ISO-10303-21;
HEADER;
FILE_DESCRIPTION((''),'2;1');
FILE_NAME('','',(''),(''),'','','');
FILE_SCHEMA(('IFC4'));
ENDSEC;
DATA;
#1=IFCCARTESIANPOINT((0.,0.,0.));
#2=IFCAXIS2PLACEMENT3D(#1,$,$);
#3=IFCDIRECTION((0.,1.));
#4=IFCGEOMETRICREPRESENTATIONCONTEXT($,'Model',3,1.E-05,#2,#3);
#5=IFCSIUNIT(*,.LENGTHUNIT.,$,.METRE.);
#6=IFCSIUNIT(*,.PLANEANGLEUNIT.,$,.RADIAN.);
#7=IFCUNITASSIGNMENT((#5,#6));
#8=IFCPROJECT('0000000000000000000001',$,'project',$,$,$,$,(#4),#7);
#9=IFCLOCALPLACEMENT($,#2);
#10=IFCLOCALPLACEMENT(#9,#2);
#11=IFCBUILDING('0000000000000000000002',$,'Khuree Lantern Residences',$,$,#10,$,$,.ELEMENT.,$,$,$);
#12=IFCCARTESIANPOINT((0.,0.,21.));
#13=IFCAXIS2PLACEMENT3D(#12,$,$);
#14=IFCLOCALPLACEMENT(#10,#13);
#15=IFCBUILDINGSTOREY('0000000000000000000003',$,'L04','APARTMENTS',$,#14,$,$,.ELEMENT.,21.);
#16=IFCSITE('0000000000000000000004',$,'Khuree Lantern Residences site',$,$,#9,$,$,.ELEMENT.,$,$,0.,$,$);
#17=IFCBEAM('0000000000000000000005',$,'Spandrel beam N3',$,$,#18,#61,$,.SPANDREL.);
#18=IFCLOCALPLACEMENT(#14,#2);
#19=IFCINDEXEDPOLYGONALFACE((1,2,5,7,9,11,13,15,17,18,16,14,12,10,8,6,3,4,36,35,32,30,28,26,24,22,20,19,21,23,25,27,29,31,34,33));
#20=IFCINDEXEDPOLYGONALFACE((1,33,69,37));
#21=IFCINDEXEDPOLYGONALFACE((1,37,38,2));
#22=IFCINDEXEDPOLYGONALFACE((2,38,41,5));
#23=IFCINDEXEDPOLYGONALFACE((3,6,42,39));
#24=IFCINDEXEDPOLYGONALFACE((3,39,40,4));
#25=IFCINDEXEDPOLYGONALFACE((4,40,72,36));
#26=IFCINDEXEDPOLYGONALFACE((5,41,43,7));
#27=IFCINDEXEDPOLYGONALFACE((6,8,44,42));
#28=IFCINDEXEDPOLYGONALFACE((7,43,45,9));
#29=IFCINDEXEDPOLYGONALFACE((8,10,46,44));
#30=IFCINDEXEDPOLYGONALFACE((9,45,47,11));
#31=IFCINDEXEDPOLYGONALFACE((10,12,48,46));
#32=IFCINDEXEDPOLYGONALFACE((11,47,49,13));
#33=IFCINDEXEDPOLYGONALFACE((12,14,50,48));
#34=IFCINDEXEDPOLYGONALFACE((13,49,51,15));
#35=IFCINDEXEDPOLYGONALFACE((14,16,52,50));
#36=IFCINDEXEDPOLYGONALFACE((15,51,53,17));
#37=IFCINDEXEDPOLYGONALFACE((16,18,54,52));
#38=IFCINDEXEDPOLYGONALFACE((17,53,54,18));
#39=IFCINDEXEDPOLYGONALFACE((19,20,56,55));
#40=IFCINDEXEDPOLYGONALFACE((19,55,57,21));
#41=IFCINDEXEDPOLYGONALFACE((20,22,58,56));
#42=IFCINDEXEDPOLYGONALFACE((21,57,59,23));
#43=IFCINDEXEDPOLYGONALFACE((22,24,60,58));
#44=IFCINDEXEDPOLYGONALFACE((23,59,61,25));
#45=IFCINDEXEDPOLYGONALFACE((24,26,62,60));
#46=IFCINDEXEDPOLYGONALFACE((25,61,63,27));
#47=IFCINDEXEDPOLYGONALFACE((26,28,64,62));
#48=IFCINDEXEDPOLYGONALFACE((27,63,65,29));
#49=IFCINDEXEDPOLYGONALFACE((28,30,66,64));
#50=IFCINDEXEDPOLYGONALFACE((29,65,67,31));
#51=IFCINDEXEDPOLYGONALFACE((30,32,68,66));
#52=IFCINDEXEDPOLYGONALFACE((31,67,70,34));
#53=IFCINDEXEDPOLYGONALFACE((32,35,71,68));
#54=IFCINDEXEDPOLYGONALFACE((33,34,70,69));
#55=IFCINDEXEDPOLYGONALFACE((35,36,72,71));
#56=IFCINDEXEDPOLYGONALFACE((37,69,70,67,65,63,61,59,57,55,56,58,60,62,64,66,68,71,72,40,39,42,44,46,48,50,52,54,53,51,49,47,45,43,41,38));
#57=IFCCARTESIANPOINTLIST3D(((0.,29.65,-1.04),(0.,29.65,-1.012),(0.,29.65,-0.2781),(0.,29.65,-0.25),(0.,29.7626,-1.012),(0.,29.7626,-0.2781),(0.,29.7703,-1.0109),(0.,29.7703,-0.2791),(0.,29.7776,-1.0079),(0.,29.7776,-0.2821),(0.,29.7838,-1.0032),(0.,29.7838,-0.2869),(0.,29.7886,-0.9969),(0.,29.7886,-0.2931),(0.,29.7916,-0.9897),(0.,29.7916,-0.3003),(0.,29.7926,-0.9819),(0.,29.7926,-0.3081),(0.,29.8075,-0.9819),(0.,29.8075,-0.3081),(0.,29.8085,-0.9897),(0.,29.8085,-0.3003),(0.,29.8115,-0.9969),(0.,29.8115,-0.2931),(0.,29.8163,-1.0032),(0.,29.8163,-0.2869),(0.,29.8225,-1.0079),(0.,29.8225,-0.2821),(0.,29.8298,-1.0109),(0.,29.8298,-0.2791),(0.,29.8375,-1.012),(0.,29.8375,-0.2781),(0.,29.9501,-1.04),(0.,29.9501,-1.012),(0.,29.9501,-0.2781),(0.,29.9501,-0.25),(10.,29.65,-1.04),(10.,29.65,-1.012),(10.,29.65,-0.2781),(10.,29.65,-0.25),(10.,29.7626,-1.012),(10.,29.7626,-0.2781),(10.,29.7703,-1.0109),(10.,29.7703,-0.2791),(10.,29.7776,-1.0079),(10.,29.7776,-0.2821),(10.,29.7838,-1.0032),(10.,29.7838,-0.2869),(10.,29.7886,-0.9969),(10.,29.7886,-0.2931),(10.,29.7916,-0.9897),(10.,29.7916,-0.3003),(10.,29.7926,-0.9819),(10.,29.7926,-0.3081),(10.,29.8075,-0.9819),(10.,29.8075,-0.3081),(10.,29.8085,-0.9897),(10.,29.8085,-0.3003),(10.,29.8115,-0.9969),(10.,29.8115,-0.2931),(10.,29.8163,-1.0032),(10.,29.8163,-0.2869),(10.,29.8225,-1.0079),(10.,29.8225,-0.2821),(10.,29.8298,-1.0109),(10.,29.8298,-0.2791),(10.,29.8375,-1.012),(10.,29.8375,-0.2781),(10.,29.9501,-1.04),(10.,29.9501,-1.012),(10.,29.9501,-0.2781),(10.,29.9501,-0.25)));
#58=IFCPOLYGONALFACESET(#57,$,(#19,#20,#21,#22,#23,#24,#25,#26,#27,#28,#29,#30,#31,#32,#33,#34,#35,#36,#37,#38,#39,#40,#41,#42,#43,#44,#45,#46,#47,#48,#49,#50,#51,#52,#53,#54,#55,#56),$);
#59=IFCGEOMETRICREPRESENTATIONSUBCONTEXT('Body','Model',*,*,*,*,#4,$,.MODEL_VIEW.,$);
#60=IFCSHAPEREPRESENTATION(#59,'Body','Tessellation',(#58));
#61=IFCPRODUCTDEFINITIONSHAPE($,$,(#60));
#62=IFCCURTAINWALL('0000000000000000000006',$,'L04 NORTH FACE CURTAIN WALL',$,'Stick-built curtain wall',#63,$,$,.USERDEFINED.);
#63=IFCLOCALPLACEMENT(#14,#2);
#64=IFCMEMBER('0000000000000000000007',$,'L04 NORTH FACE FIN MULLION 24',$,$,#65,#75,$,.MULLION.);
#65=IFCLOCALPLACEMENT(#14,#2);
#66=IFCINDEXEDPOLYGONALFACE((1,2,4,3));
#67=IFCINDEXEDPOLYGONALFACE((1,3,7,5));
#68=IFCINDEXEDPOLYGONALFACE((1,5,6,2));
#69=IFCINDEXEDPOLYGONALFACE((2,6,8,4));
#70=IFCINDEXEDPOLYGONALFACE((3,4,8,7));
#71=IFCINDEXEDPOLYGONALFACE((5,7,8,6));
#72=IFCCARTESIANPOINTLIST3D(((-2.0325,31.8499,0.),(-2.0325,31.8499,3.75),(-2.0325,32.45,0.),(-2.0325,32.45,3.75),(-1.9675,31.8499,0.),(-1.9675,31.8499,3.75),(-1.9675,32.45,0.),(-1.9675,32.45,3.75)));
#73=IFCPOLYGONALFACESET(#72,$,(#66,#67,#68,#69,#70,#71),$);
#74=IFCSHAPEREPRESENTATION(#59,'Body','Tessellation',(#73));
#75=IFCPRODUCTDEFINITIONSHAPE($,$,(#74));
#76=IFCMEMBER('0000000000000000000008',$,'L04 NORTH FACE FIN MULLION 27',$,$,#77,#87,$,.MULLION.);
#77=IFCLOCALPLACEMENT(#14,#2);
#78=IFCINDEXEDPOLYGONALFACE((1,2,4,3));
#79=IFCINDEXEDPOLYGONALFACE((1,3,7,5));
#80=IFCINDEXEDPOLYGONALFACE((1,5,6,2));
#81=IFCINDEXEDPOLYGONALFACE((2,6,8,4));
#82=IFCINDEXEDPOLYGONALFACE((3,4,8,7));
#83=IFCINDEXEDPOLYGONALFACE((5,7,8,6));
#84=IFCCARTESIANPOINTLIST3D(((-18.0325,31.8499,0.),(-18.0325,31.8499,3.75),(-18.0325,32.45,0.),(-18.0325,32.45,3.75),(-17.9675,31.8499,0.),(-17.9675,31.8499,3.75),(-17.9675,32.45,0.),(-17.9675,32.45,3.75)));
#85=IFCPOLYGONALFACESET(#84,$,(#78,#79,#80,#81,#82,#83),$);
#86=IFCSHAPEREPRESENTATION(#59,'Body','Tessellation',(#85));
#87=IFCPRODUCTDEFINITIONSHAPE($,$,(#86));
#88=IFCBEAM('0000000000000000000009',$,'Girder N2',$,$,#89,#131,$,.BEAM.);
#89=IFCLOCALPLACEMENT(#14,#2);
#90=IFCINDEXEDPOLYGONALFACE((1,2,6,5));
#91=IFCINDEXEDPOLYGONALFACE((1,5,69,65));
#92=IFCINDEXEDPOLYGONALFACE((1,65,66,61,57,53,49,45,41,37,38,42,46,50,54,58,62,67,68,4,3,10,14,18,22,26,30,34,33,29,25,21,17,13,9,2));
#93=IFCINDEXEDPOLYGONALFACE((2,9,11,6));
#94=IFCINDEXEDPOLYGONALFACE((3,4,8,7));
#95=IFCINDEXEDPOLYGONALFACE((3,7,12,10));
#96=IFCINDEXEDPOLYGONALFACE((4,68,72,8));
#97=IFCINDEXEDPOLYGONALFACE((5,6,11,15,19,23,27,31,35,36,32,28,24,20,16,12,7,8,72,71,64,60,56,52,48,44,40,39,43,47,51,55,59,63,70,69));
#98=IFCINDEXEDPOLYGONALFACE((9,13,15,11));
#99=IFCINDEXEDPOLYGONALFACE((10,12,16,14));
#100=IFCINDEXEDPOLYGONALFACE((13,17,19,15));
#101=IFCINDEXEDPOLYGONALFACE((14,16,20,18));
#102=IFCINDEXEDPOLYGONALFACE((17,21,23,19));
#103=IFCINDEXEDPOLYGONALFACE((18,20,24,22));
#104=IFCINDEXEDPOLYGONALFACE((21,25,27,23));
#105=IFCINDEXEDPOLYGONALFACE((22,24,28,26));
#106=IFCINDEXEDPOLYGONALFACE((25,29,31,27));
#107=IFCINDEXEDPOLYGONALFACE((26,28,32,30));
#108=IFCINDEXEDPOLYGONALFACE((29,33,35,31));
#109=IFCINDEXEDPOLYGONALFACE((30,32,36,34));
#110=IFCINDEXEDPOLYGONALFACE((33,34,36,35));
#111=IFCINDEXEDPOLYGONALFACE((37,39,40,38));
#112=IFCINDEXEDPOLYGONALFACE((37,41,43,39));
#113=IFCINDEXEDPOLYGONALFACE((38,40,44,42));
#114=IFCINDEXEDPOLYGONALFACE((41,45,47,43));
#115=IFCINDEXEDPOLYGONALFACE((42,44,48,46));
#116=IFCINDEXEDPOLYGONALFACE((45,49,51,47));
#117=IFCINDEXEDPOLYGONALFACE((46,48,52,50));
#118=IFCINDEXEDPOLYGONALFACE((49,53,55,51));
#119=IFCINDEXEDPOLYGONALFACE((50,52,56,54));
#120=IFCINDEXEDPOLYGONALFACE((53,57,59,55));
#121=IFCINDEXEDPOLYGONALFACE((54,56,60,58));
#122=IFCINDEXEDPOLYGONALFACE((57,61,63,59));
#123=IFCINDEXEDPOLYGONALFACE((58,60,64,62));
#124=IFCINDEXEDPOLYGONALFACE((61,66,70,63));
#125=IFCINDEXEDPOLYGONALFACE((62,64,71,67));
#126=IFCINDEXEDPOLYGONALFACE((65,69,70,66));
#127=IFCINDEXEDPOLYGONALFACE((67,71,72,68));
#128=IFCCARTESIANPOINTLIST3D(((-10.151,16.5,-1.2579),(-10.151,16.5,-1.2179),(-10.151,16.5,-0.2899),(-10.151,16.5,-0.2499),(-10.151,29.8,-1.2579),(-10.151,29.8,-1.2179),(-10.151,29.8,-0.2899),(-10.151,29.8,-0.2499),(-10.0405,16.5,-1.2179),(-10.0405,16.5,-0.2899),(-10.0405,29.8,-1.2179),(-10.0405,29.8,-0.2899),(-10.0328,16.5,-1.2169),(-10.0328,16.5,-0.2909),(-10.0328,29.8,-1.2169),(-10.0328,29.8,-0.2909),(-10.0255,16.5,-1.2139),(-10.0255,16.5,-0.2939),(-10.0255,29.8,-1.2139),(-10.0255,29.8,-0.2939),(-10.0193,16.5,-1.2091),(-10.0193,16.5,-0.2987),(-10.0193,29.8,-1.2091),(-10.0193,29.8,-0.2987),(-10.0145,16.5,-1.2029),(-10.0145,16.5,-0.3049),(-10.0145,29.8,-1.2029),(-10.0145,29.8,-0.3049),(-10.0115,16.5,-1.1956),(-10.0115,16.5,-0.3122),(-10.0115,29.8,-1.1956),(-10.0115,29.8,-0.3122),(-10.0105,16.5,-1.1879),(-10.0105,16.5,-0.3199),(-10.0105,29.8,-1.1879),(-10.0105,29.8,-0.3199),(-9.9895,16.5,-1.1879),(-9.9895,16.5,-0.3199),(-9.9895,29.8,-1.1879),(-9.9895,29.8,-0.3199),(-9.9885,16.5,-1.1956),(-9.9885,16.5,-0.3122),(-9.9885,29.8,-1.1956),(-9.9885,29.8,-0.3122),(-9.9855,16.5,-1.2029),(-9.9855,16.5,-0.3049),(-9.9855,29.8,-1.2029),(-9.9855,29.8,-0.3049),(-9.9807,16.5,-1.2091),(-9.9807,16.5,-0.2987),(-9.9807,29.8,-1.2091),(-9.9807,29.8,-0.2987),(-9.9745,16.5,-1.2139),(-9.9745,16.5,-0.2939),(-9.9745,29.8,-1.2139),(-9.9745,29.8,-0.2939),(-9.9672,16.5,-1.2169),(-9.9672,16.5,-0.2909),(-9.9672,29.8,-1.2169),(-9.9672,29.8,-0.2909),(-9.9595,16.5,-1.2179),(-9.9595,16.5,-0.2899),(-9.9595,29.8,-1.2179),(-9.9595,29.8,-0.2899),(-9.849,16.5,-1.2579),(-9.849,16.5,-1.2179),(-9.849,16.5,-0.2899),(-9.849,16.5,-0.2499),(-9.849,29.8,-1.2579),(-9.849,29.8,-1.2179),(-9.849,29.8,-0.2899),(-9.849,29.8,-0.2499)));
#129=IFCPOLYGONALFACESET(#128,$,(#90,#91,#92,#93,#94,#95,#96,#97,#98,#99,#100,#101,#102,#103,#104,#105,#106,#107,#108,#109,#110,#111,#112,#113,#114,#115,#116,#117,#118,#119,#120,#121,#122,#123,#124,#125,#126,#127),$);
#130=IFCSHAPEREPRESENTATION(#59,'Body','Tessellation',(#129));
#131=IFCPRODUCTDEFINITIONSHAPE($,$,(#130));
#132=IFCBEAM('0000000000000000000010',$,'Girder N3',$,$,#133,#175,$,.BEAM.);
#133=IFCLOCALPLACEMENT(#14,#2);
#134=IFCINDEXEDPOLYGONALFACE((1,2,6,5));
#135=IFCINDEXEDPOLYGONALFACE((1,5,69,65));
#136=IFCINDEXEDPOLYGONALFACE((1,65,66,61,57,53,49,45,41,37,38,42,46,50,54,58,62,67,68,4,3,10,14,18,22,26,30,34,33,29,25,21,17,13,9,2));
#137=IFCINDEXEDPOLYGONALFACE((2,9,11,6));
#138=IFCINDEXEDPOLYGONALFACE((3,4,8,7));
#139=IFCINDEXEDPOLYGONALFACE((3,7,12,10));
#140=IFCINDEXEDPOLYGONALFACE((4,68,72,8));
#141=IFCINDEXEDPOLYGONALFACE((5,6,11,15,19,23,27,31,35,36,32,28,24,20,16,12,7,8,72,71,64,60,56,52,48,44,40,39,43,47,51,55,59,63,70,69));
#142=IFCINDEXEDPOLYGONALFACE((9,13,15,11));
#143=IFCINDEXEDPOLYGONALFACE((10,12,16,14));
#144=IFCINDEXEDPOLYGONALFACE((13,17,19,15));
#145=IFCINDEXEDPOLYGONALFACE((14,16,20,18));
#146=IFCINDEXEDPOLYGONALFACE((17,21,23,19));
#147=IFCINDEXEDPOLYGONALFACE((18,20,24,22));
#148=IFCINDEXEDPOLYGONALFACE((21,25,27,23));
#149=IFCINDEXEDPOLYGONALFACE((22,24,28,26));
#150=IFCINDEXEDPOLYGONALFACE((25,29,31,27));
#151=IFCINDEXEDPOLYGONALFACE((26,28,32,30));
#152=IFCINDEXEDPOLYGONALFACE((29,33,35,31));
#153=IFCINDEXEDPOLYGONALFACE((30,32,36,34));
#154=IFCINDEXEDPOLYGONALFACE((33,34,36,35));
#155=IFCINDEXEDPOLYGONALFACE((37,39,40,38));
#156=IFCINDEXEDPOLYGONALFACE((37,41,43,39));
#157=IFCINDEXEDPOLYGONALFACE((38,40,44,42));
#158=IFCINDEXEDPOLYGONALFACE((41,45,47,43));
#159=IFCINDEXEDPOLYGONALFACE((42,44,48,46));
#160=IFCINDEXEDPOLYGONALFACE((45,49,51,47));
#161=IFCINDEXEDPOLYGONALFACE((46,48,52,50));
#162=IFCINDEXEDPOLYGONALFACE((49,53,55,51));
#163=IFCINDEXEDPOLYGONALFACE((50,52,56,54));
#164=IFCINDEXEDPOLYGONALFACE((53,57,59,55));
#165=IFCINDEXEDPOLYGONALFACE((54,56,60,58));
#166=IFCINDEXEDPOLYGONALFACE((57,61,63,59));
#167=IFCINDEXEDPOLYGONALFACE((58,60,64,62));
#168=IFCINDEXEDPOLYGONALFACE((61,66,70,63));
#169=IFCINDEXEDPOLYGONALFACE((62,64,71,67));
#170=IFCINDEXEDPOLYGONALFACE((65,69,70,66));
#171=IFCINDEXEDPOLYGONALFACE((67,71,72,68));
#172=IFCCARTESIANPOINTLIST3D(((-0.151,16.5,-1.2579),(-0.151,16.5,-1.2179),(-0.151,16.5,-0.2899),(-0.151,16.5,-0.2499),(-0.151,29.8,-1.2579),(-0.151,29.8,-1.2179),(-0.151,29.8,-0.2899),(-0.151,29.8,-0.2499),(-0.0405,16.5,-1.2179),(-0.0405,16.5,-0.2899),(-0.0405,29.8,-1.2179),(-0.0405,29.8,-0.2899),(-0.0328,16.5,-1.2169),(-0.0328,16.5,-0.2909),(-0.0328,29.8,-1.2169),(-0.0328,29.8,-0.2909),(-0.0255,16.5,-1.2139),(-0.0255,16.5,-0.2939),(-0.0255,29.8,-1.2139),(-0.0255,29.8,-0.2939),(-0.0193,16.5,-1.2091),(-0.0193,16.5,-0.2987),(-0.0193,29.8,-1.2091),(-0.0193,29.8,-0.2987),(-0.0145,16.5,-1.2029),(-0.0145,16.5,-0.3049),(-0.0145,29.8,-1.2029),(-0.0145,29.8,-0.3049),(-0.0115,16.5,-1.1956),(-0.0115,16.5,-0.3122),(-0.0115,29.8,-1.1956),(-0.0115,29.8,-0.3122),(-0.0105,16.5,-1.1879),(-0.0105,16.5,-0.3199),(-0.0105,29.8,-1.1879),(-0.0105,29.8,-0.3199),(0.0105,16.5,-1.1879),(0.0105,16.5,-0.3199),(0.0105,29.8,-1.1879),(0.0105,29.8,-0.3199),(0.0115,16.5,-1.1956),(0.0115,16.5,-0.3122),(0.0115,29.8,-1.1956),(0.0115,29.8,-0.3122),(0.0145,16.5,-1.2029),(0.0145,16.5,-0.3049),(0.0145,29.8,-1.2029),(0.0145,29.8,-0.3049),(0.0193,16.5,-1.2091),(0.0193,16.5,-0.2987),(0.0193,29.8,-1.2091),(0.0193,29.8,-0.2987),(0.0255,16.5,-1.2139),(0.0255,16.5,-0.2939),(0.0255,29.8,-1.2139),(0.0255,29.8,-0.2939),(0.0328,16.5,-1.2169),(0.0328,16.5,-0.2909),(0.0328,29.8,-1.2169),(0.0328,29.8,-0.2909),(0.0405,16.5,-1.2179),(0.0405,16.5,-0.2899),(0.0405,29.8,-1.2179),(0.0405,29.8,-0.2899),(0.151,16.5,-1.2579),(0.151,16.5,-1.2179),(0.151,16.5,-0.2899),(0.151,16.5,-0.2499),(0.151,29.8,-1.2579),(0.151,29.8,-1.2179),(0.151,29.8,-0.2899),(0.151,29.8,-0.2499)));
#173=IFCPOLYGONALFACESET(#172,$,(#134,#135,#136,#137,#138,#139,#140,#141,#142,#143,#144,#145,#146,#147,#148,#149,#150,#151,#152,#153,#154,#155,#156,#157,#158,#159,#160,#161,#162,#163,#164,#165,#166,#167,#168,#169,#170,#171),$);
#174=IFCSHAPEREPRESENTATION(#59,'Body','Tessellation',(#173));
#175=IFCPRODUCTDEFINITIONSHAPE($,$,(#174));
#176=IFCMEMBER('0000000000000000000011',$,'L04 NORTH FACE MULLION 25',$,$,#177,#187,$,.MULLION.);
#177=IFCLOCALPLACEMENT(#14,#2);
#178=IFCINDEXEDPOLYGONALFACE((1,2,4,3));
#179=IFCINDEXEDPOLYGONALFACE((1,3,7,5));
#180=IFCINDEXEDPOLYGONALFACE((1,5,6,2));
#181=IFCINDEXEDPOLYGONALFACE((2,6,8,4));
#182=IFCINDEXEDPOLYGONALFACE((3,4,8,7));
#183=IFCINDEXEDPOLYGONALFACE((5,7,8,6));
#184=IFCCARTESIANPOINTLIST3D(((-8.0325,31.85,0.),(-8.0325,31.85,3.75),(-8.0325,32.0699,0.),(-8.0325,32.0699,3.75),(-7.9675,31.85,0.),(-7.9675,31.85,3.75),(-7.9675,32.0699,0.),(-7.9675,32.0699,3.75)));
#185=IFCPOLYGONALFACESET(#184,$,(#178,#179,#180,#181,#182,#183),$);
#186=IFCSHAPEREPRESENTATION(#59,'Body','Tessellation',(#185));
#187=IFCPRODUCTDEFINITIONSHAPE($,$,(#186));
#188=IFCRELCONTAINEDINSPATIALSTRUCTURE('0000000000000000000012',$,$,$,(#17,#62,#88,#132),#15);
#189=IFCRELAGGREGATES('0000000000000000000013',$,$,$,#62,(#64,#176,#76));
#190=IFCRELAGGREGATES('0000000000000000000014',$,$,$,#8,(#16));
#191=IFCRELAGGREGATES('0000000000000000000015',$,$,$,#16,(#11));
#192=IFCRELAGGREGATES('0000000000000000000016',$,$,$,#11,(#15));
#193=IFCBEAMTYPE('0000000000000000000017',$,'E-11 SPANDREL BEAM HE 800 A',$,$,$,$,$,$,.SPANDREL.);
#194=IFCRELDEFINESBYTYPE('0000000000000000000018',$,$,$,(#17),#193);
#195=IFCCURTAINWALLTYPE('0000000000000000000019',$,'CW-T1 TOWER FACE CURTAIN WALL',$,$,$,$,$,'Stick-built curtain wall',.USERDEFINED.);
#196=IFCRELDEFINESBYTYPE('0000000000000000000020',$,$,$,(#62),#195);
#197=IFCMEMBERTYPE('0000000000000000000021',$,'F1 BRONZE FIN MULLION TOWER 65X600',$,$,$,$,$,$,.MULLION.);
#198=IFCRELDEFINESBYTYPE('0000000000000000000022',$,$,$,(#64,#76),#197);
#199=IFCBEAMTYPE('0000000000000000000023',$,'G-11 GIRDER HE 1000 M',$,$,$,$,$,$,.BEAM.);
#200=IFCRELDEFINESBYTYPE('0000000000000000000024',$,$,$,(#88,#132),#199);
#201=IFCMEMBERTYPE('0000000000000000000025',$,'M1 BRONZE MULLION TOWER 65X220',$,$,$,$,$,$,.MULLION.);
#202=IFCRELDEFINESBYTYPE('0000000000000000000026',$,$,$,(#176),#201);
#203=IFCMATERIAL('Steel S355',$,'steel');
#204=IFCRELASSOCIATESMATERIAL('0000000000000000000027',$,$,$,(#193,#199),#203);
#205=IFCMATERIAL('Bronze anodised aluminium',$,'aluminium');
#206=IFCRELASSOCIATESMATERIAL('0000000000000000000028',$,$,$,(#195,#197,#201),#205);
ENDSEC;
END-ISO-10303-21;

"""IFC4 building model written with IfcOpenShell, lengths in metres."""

from ifc_helpers import new_model, si_unit, direction, frame, origin, origin_2d, place, context, subcontext, project, spatial, rectangle, i_section, extrude, material, material_profile, profile_set, type_object, element, aggregate, save


model = new_model("IFC4")

# Units and contexts
model_context = context("Model", 3, precision=1e-05, world=origin(), true_north=direction((0.0, 1.0)))
body_context = subcontext(model_context, "Body", "Model", "MODEL_VIEW")
ifc_project = project(units=[si_unit("LENGTHUNIT", "METRE"), si_unit("PLANEANGLEUNIT", "RADIAN")], contexts=[model_context])

# Site, building, storey
site_placement = place(None, origin())
site = spatial("IfcSite", under=ifc_project, at=site_placement, Name="Khuree Lantern Residences site", CompositionType="ELEMENT", RefElevation=0.0)
building_placement = place(site_placement, origin())
building = spatial("IfcBuilding", under=site, at=building_placement, Name="Khuree Lantern Residences", CompositionType="ELEMENT")
storey_placement = place(building_placement, frame((0.0, 0.0, 21.0)))
storey = spatial("IfcBuildingStorey", under=building, at=storey_placement, Name="L04", Description="APARTMENTS", CompositionType="ELEMENT", Elevation=21.0)

# Beam
ifc_material_1 = material(Name="Steel S355", Category="steel")
ifc_material_profile_1 = material_profile(ifc_material_1, i_section(OverallWidth=0.3, OverallDepth=0.79, WebThickness=0.0149, FlangeThickness=0.0281, FilletRadius=0.03, at=origin_2d()), Name="HE 800 A")
ifc_profile_set_1 = profile_set([ifc_material_profile_1], Name="Steel S355")
beam_type_1 = type_object("IfcBeamType", Name="E-11 SPANDREL BEAM HE 800 A", PredefinedType="SPANDREL", material=ifc_profile_set_1)
for number, where, z_axis, x_axis, name in (
    (1, (0.0, 29.8, -0.645), (1.0, 0.0, 0.0), (0.0, 1.0, 0.0), "Spandrel beam N3"),
):
    element("IfcBeam", number, at=place(storey_placement, frame(where, z_axis=z_axis, x_axis=x_axis)), inside=storey, type_object=beam_type_1, Name=name, PredefinedType="SPANDREL", context=body_context, shape_type="SweptSolid", body=[
        extrude(i_section(OverallWidth=0.3, OverallDepth=0.79, WebThickness=0.0149, FlangeThickness=0.0281, FilletRadius=0.03, at=origin_2d()), origin(), (0.0, 0.0, 1.0), 10.0),
    ])

# Curtain wall, members
ifc_material_2 = material(Name="Bronze anodised aluminium", Category="aluminium")
curtain_wall_type = type_object("IfcCurtainWallType", Name="CW-T1 TOWER FACE CURTAIN WALL", ElementType="Stick-built curtain wall", PredefinedType="USERDEFINED", material=ifc_material_2)
curtain_wall_placement = place(storey_placement, origin())
curtain_wall = element("IfcCurtainWall", 2, at=curtain_wall_placement, inside=storey, type_object=curtain_wall_type, Name="L04 NORTH FACE CURTAIN WALL", ObjectType="Stick-built curtain wall", PredefinedType="USERDEFINED")
ifc_material_profile_2 = material_profile(ifc_material_2, rectangle(XDim=0.0649, YDim=0.6001, at=origin_2d()), Name="F1 65X600")
ifc_profile_set_2 = profile_set([ifc_material_profile_2], Name="Bronze anodised aluminium")
member_type_1 = type_object("IfcMemberType", Name="F1 BRONZE FIN MULLION TOWER 65X600", PredefinedType="MULLION", material=ifc_profile_set_2)
member_1_placement = place(storey_placement, frame((-2.0, 32.1499, 0.0), z_axis=(0.0, 0.0, 1.0), x_axis=(-1.0, 0.0, 0.0)))
member_1 = element("IfcMember", 3, at=member_1_placement, type_object=member_type_1, Name="L04 NORTH FACE FIN MULLION 24", PredefinedType="MULLION", context=body_context, shape_type="SweptSolid", body=[
    extrude(rectangle(XDim=0.0649, YDim=0.6001, at=origin_2d()), origin(), (0.0, 0.0, 1.0), 3.75),
])
member_2_placement = place(storey_placement, frame((-18.0, 32.1499, 0.0), z_axis=(0.0, 0.0, 1.0), x_axis=(-1.0, 0.0, 0.0)))
member_2 = element("IfcMember", 4, at=member_2_placement, type_object=member_type_1, Name="L04 NORTH FACE FIN MULLION 27", PredefinedType="MULLION", context=body_context, shape_type="SweptSolid", body=[
    extrude(rectangle(XDim=0.0649, YDim=0.6001, at=origin_2d()), origin(), (0.0, 0.0, 1.0), 3.75),
])

# Beams
ifc_material_profile_3 = material_profile(ifc_material_1, i_section(OverallWidth=0.302, OverallDepth=1.0081, WebThickness=0.021, FlangeThickness=0.04, FilletRadius=0.03, at=origin_2d()), Name="HE 1000 M")
ifc_profile_set_3 = profile_set([ifc_material_profile_3], Name="Steel S355")
beam_type_2 = type_object("IfcBeamType", Name="G-11 GIRDER HE 1000 M", PredefinedType="BEAM", material=ifc_profile_set_3)
for number, where, z_axis, x_axis, name in (
    (5, (-10.0, 29.8, -0.7539), (0.0, -1.0, 0.0), (1.0, 0.0, 0.0), "Girder N2"),
    (6, (0.0, 29.8, -0.7539), (0.0, -1.0, 0.0), (1.0, 0.0, 0.0), "Girder N3"),
):
    element("IfcBeam", number, at=place(storey_placement, frame(where, z_axis=z_axis, x_axis=x_axis)), inside=storey, type_object=beam_type_2, Name=name, PredefinedType="BEAM", context=body_context, shape_type="SweptSolid", body=[
        extrude(i_section(OverallWidth=0.302, OverallDepth=1.0081, WebThickness=0.021, FlangeThickness=0.04, FilletRadius=0.03, at=origin_2d()), origin(), (0.0, 0.0, 1.0), 13.3),
    ])

# Member
ifc_material_profile_4 = material_profile(ifc_material_2, rectangle(XDim=0.0649, YDim=0.22, at=origin_2d()), Name="M1 65X220")
ifc_profile_set_4 = profile_set([ifc_material_profile_4], Name="Bronze anodised aluminium")
member_type_2 = type_object("IfcMemberType", Name="M1 BRONZE MULLION TOWER 65X220", PredefinedType="MULLION", material=ifc_profile_set_4)
member_3_placement = place(storey_placement, frame((-8.0, 31.96, 0.0), z_axis=(0.0, 0.0, 1.0), x_axis=(-1.0, 0.0, 0.0)))
member_3 = element("IfcMember", 7, at=member_3_placement, type_object=member_type_2, Name="L04 NORTH FACE MULLION 25", PredefinedType="MULLION", context=body_context, shape_type="SweptSolid", body=[
    extrude(rectangle(XDim=0.0649, YDim=0.22, at=origin_2d()), origin(), (0.0, 0.0, 1.0), 3.75),
])

aggregate(curtain_wall, [member_1, member_3, member_2])

save(model, "model.ifc")
